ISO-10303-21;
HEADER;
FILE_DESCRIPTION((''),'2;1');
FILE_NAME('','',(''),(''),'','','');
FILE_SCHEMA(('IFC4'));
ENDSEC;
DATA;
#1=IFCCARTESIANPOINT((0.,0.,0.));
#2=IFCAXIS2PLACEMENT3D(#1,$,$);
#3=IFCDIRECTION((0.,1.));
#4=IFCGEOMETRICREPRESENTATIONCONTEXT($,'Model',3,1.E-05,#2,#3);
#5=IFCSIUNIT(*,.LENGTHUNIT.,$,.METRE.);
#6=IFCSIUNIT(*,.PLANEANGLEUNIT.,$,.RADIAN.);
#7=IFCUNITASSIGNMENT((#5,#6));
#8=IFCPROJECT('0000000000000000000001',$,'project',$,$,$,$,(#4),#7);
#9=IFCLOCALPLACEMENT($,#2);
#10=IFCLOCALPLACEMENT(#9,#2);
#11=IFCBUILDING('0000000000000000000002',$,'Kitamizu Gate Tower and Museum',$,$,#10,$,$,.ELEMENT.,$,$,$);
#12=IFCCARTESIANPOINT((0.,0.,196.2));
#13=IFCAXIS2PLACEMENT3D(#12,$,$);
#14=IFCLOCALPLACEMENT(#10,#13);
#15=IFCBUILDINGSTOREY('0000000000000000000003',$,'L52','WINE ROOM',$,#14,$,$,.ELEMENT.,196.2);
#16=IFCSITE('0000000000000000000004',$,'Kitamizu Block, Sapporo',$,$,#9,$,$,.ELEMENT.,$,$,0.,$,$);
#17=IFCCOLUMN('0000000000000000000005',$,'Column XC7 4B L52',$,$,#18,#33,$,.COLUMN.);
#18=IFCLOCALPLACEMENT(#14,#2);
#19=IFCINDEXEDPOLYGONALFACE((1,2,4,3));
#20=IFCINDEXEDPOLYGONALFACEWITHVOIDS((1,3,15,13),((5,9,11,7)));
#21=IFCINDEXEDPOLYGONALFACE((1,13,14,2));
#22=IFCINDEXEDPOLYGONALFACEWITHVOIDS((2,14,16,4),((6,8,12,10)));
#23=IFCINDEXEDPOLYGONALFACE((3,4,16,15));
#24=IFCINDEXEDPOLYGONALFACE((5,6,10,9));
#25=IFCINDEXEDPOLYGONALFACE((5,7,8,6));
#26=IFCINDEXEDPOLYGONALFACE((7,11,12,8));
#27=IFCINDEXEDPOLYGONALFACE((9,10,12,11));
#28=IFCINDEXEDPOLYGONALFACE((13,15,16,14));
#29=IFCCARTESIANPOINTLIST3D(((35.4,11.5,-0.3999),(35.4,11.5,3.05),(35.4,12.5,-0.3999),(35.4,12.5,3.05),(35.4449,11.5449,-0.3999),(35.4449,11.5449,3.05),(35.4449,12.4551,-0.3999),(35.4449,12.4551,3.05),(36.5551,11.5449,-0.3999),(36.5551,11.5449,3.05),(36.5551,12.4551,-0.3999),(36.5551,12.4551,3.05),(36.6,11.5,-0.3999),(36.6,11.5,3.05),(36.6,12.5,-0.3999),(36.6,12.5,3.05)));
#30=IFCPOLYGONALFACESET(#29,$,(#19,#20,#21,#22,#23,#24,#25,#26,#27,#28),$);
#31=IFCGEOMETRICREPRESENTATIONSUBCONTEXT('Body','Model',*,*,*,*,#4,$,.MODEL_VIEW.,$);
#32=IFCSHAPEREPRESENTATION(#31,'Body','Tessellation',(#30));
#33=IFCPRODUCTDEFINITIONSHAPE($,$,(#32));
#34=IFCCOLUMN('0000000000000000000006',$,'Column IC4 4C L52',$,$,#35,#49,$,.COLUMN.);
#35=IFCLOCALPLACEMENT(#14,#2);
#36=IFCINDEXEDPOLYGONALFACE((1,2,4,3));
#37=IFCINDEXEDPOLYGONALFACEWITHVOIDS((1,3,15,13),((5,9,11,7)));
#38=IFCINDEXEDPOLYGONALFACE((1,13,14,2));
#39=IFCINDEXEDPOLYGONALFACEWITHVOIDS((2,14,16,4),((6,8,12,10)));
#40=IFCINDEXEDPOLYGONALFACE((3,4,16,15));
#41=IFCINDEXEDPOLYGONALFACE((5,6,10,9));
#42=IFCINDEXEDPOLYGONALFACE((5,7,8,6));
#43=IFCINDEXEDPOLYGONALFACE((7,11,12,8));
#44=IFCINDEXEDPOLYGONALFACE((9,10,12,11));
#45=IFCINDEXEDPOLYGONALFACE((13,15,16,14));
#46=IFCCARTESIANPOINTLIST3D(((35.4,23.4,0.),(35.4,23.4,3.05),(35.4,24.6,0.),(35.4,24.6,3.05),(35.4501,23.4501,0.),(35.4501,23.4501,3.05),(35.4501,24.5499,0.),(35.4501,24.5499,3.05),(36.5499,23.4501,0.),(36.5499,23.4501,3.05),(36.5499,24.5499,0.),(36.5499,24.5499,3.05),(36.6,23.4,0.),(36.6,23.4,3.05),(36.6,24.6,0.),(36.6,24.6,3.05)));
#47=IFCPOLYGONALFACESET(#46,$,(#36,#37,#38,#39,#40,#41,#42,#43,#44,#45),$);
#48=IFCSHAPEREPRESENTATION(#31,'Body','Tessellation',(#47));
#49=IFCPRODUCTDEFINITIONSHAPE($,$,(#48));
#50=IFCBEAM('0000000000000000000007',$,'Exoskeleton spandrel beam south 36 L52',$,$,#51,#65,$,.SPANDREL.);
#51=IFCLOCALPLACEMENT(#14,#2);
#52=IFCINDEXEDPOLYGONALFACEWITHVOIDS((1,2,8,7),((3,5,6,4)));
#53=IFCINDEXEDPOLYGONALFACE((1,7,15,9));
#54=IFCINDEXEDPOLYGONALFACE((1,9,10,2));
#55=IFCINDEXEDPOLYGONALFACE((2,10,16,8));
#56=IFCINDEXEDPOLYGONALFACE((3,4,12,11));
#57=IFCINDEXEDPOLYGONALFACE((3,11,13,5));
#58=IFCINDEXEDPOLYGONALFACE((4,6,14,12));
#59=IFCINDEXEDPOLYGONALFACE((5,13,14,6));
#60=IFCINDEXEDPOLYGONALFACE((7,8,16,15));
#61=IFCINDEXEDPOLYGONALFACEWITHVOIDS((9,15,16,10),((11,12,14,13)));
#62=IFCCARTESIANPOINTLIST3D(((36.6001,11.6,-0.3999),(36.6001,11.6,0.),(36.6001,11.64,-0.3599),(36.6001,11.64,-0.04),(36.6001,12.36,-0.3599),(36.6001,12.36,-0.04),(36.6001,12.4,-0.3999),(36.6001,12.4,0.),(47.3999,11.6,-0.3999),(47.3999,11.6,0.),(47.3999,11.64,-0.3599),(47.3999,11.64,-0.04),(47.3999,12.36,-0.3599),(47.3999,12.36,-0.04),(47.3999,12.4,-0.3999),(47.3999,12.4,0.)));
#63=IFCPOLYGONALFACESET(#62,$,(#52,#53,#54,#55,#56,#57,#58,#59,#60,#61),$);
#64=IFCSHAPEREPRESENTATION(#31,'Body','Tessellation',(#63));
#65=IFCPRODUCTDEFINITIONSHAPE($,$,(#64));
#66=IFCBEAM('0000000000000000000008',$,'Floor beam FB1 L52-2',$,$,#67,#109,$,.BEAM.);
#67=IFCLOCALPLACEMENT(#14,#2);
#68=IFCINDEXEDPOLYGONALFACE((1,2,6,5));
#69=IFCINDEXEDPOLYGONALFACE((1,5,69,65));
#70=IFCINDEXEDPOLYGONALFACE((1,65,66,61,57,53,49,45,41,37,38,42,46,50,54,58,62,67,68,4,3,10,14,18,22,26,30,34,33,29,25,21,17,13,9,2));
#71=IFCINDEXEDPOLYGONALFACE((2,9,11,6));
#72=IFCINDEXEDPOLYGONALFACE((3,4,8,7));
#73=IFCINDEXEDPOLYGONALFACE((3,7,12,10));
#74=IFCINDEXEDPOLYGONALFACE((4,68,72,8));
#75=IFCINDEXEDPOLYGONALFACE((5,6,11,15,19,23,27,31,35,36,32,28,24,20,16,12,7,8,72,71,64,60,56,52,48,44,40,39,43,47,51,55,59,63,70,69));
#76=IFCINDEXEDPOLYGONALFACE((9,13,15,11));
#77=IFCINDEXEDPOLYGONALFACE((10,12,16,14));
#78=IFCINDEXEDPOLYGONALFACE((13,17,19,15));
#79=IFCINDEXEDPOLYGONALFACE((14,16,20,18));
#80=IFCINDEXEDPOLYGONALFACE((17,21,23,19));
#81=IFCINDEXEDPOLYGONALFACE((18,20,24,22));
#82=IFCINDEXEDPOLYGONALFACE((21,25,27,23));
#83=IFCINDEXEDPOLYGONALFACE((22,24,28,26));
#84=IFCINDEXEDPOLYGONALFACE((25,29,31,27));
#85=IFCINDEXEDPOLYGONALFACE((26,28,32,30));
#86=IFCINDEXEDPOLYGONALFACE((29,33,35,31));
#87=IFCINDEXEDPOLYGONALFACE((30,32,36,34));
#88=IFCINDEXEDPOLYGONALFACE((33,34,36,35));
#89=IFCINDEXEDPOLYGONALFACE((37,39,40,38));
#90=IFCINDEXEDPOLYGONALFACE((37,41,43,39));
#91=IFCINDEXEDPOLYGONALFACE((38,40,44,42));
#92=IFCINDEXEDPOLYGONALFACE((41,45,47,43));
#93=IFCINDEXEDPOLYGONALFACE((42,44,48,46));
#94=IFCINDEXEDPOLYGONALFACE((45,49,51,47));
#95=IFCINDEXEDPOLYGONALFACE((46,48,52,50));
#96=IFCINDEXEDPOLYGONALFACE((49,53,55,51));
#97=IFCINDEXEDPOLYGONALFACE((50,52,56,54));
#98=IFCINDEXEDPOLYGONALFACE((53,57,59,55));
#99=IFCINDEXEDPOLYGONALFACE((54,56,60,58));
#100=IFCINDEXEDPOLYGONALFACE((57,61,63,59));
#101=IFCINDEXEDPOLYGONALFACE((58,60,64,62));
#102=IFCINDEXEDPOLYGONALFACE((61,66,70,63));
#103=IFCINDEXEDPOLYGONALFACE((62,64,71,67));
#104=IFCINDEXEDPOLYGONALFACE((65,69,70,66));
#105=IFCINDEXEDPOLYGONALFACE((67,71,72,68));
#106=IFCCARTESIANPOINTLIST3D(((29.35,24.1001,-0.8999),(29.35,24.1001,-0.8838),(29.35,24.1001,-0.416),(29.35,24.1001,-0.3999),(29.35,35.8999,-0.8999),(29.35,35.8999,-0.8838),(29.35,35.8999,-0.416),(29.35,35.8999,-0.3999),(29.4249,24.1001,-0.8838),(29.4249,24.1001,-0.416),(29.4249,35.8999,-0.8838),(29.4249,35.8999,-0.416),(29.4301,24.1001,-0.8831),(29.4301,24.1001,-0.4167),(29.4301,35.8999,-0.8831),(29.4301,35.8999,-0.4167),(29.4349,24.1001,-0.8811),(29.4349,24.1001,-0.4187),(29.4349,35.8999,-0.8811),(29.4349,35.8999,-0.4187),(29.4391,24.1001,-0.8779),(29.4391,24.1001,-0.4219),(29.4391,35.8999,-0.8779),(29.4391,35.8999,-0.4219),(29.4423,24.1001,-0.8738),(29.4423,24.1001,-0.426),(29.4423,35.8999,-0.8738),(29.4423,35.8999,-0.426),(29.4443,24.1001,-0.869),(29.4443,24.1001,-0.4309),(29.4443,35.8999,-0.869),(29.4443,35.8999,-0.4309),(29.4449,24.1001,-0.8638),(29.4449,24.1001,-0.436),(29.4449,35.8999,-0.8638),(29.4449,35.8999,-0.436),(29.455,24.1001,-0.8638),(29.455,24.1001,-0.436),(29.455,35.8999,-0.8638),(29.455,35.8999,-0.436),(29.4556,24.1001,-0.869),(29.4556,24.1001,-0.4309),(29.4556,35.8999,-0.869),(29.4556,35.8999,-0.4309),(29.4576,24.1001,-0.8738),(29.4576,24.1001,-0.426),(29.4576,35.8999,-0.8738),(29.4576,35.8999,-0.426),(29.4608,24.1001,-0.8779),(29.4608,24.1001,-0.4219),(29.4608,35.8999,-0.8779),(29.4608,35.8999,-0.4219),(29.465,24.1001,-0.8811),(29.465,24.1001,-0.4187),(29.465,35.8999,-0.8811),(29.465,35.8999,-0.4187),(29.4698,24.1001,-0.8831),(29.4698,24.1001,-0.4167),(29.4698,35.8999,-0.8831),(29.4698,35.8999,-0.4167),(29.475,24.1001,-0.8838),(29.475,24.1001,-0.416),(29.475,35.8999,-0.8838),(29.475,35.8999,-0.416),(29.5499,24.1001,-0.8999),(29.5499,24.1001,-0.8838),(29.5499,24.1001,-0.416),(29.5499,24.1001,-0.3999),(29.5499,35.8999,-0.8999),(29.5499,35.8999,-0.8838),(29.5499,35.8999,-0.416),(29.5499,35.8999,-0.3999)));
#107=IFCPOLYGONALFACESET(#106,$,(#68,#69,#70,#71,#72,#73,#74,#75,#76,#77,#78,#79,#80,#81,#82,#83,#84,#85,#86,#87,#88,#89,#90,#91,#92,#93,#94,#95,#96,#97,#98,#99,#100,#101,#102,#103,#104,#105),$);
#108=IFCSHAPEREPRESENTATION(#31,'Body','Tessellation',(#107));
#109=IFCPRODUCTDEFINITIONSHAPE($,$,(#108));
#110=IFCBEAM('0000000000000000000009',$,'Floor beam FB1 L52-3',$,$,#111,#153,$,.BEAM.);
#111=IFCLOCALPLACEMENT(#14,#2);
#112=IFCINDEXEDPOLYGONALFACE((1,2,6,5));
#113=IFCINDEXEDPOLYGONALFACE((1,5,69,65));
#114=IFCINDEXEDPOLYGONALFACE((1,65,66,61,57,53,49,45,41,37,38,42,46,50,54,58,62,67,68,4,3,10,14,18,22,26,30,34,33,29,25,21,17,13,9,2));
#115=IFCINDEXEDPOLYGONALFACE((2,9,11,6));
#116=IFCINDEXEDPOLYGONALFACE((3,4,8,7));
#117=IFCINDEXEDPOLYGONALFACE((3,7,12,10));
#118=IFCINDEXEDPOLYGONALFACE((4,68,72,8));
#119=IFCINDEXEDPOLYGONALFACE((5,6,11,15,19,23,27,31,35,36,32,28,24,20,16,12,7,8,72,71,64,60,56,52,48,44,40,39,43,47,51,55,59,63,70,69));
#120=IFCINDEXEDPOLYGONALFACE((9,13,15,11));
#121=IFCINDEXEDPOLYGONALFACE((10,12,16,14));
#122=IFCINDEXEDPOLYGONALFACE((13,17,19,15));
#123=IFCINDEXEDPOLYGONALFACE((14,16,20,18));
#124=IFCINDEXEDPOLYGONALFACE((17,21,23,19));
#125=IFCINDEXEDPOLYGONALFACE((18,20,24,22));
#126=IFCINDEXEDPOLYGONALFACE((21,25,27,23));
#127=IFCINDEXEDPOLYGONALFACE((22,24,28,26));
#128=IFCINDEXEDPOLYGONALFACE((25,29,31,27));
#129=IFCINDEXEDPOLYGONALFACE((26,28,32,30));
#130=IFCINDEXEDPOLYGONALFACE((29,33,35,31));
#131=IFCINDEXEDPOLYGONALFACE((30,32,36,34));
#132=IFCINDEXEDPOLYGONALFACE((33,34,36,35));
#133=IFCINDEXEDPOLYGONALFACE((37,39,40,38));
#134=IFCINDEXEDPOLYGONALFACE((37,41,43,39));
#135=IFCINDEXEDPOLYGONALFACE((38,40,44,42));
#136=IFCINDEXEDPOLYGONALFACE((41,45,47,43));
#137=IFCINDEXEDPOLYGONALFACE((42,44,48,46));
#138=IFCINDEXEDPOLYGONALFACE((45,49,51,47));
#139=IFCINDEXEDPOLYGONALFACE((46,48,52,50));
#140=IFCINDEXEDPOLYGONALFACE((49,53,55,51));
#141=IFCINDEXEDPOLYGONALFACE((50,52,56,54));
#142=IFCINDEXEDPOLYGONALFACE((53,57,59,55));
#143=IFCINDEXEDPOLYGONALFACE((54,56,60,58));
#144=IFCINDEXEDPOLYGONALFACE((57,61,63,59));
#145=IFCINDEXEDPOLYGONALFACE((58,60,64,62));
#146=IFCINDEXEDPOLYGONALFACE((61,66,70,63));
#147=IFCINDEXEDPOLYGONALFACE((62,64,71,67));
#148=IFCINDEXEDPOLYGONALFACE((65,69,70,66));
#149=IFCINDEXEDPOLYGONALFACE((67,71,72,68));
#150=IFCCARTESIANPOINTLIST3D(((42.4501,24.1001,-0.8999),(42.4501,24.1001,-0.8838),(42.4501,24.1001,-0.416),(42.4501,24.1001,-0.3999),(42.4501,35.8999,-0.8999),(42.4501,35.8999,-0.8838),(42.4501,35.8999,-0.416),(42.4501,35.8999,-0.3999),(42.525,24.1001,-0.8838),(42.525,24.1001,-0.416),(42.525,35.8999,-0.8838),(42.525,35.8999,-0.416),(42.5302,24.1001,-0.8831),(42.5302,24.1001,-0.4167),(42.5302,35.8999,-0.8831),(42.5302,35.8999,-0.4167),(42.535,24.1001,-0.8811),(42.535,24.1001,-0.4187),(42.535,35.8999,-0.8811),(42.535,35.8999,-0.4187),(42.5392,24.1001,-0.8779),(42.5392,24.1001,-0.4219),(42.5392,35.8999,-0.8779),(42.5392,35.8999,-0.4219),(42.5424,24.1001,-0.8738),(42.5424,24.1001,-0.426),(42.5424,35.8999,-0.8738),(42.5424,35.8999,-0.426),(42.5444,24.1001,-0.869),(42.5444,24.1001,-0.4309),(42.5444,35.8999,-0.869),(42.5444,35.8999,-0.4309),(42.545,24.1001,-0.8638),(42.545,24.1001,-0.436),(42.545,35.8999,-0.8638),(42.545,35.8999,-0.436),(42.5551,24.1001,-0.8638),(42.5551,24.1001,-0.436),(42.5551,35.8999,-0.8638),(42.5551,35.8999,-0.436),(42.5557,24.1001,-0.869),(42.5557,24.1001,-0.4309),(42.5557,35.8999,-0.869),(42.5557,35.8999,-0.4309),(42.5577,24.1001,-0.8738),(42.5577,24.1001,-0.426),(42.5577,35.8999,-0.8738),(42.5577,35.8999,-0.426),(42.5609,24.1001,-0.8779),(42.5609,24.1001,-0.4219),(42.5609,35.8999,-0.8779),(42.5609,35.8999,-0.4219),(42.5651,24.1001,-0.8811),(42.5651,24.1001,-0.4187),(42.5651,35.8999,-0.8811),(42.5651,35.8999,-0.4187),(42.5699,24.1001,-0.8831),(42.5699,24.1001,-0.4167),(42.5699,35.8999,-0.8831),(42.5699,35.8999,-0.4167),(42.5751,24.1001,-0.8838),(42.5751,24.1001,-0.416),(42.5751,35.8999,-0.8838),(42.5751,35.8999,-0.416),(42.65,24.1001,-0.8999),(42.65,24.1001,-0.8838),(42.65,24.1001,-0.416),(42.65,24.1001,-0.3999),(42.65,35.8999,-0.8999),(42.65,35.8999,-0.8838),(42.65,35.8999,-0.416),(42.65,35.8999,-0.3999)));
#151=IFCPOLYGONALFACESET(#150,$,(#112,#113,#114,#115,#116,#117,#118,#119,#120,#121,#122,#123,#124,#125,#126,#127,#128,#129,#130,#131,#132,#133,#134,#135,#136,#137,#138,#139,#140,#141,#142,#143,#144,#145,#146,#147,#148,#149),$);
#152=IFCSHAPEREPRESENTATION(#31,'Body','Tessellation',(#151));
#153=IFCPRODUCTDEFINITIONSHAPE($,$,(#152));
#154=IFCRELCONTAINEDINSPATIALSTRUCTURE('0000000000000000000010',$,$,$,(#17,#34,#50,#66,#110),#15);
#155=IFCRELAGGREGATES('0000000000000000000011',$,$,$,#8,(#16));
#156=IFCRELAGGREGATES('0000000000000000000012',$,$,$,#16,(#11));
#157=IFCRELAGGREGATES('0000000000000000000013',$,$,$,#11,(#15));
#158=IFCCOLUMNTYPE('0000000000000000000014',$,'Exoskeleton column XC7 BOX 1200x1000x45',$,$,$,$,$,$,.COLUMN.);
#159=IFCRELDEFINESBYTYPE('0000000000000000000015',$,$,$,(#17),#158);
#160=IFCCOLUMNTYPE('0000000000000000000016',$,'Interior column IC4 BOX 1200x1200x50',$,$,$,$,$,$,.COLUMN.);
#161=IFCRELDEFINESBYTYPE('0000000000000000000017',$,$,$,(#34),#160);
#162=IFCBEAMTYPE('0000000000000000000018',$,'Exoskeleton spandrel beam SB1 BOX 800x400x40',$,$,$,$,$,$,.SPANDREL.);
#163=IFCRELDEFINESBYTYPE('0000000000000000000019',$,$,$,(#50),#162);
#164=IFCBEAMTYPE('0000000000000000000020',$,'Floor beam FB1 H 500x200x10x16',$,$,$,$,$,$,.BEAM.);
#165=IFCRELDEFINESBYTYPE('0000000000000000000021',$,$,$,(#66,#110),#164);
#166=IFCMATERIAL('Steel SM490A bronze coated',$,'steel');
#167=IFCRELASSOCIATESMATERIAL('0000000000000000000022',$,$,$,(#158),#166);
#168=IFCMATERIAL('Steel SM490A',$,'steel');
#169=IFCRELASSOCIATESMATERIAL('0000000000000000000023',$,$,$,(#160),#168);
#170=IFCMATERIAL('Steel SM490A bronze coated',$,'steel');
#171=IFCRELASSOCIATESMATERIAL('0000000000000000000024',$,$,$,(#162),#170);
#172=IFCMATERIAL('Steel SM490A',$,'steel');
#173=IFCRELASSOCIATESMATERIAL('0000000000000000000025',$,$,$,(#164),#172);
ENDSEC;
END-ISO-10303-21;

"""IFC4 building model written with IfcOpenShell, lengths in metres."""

from ifc_helpers import new_model, si_unit, direction, frame, origin, origin_2d, place, context, subcontext, project, spatial, hollow_rectangle, i_section, extrude, material, material_profile, profile_set, type_object, element, save


model = new_model("IFC4")

# Units and contexts
model_context = context("Model", 3, precision=1e-05, world=origin(), true_north=direction((0.0, 1.0)))
body_context = subcontext(model_context, "Body", "Model", "MODEL_VIEW")
ifc_project = project(units=[si_unit("LENGTHUNIT", "METRE"), si_unit("PLANEANGLEUNIT", "RADIAN")], contexts=[model_context])

# Site, building, storey
site_placement = place(None, origin())
site = spatial("IfcSite", under=ifc_project, at=site_placement, Name="Kitamizu Block, Sapporo", CompositionType="ELEMENT", RefElevation=0.0)
building_placement = place(site_placement, origin())
building = spatial("IfcBuilding", under=site, at=building_placement, Name="Kitamizu Gate Tower and Museum", CompositionType="ELEMENT")
storey_placement = place(building_placement, frame((0.0, 0.0, 196.2)))
storey = spatial("IfcBuildingStorey", under=building, at=storey_placement, Name="L52", Description="WINE ROOM", CompositionType="ELEMENT", Elevation=196.2)

# Columns
ifc_material_1 = material(Name="Steel SM490A bronze coated", Category="steel")
ifc_material_profile_1 = material_profile(ifc_material_1, hollow_rectangle(XDim=1.2, YDim=1.0, WallThickness=0.0449, at=origin_2d()), Name="BOX 1200x1000x45")
ifc_profile_set_1 = profile_set([ifc_material_profile_1], Name="Steel SM490A bronze coated")
column_type_1 = type_object("IfcColumnType", Name="Exoskeleton column XC7 BOX 1200x1000x45", PredefinedType="COLUMN", material=ifc_profile_set_1)
column_1_placement = place(storey_placement, frame((36.0, 12.0, -0.3999), z_axis=(0.0, 0.0, 1.0), x_axis=(1.0, 0.0, 0.0)))
element("IfcColumn", 1, at=column_1_placement, inside=storey, type_object=column_type_1, Name="Column XC7 4B L52", PredefinedType="COLUMN", context=body_context, shape_type="SweptSolid", body=[
    extrude(hollow_rectangle(XDim=1.2, YDim=1.0, WallThickness=0.0449, at=origin_2d()), origin(), (0.0, 0.0, 1.0), 3.45),
])
ifc_material_2 = material(Name="Steel SM490A", Category="steel")
ifc_material_profile_2 = material_profile(ifc_material_2, hollow_rectangle(XDim=1.2, YDim=1.2, WallThickness=0.05, at=origin_2d()), Name="BOX 1200x1200x50")
ifc_profile_set_2 = profile_set([ifc_material_profile_2], Name="Steel SM490A")
column_type_2 = type_object("IfcColumnType", Name="Interior column IC4 BOX 1200x1200x50", PredefinedType="COLUMN", material=ifc_profile_set_2)
column_2_placement = place(storey_placement, frame((36.0, 24.0, 0.0), z_axis=(0.0, 0.0, 1.0), x_axis=(1.0, 0.0, 0.0)))
element("IfcColumn", 2, at=column_2_placement, inside=storey, type_object=column_type_2, Name="Column IC4 4C L52", PredefinedType="COLUMN", context=body_context, shape_type="SweptSolid", body=[
    extrude(hollow_rectangle(XDim=1.2, YDim=1.2, WallThickness=0.05, at=origin_2d()), origin(), (0.0, 0.0, 1.0), 3.05),
])

# Beams
ifc_material_3 = material(Name="Steel SM490A bronze coated", Category="steel")
ifc_material_profile_3 = material_profile(ifc_material_3, hollow_rectangle(XDim=0.8, YDim=0.3999, WallThickness=0.04, at=origin_2d()), Name="BOX 800x400x40")
ifc_profile_set_3 = profile_set([ifc_material_profile_3], Name="Steel SM490A bronze coated")
beam_type_1 = type_object("IfcBeamType", Name="Exoskeleton spandrel beam SB1 BOX 800x400x40", PredefinedType="SPANDREL", material=ifc_profile_set_3)
beam_1_placement = place(storey_placement, frame((36.6001, 12.0, -0.2), z_axis=(1.0, 0.0, 0.0), x_axis=(0.0, 1.0, 0.0)))
element("IfcBeam", 3, at=beam_1_placement, inside=storey, type_object=beam_type_1, Name="Exoskeleton spandrel beam south 36 L52", PredefinedType="SPANDREL", context=body_context, shape_type="SweptSolid", body=[
    extrude(hollow_rectangle(XDim=0.8, YDim=0.3999, WallThickness=0.04, at=origin_2d()), origin(), (0.0, 0.0, 1.0), 10.7998),
])
ifc_material_4 = material(Name="Steel SM490A", Category="steel")
ifc_material_profile_4 = material_profile(ifc_material_4, i_section(OverallWidth=0.2, OverallDepth=0.5, WebThickness=0.01, FlangeThickness=0.0161, FilletRadius=0.02, at=origin_2d()), Name="H-500x200x10x16")
ifc_profile_set_4 = profile_set([ifc_material_profile_4], Name="Steel SM490A")
beam_type_2 = type_object("IfcBeamType", Name="Floor beam FB1 H 500x200x10x16", PredefinedType="BEAM", material=ifc_profile_set_4)
for number, where, z_axis, x_axis, name in (
    (4, (29.45, 24.1001, -0.6499), (0.0, 1.0, 0.0), (-1.0, 0.0, 0.0), "Floor beam FB1 L52-2"),
    (5, (42.55, 24.1001, -0.6499), (0.0, 1.0, 0.0), (-1.0, 0.0, 0.0), "Floor beam FB1 L52-3"),
):
    element("IfcBeam", number, at=place(storey_placement, frame(where, z_axis=z_axis, x_axis=x_axis)), inside=storey, type_object=beam_type_2, Name=name, PredefinedType="BEAM", context=body_context, shape_type="SweptSolid", body=[
        extrude(i_section(OverallWidth=0.2, OverallDepth=0.5, WebThickness=0.01, FlangeThickness=0.0161, FilletRadius=0.02, at=origin_2d()), origin(), (0.0, 0.0, 1.0), 11.7998),
    ])

save(model, "model.ifc")
